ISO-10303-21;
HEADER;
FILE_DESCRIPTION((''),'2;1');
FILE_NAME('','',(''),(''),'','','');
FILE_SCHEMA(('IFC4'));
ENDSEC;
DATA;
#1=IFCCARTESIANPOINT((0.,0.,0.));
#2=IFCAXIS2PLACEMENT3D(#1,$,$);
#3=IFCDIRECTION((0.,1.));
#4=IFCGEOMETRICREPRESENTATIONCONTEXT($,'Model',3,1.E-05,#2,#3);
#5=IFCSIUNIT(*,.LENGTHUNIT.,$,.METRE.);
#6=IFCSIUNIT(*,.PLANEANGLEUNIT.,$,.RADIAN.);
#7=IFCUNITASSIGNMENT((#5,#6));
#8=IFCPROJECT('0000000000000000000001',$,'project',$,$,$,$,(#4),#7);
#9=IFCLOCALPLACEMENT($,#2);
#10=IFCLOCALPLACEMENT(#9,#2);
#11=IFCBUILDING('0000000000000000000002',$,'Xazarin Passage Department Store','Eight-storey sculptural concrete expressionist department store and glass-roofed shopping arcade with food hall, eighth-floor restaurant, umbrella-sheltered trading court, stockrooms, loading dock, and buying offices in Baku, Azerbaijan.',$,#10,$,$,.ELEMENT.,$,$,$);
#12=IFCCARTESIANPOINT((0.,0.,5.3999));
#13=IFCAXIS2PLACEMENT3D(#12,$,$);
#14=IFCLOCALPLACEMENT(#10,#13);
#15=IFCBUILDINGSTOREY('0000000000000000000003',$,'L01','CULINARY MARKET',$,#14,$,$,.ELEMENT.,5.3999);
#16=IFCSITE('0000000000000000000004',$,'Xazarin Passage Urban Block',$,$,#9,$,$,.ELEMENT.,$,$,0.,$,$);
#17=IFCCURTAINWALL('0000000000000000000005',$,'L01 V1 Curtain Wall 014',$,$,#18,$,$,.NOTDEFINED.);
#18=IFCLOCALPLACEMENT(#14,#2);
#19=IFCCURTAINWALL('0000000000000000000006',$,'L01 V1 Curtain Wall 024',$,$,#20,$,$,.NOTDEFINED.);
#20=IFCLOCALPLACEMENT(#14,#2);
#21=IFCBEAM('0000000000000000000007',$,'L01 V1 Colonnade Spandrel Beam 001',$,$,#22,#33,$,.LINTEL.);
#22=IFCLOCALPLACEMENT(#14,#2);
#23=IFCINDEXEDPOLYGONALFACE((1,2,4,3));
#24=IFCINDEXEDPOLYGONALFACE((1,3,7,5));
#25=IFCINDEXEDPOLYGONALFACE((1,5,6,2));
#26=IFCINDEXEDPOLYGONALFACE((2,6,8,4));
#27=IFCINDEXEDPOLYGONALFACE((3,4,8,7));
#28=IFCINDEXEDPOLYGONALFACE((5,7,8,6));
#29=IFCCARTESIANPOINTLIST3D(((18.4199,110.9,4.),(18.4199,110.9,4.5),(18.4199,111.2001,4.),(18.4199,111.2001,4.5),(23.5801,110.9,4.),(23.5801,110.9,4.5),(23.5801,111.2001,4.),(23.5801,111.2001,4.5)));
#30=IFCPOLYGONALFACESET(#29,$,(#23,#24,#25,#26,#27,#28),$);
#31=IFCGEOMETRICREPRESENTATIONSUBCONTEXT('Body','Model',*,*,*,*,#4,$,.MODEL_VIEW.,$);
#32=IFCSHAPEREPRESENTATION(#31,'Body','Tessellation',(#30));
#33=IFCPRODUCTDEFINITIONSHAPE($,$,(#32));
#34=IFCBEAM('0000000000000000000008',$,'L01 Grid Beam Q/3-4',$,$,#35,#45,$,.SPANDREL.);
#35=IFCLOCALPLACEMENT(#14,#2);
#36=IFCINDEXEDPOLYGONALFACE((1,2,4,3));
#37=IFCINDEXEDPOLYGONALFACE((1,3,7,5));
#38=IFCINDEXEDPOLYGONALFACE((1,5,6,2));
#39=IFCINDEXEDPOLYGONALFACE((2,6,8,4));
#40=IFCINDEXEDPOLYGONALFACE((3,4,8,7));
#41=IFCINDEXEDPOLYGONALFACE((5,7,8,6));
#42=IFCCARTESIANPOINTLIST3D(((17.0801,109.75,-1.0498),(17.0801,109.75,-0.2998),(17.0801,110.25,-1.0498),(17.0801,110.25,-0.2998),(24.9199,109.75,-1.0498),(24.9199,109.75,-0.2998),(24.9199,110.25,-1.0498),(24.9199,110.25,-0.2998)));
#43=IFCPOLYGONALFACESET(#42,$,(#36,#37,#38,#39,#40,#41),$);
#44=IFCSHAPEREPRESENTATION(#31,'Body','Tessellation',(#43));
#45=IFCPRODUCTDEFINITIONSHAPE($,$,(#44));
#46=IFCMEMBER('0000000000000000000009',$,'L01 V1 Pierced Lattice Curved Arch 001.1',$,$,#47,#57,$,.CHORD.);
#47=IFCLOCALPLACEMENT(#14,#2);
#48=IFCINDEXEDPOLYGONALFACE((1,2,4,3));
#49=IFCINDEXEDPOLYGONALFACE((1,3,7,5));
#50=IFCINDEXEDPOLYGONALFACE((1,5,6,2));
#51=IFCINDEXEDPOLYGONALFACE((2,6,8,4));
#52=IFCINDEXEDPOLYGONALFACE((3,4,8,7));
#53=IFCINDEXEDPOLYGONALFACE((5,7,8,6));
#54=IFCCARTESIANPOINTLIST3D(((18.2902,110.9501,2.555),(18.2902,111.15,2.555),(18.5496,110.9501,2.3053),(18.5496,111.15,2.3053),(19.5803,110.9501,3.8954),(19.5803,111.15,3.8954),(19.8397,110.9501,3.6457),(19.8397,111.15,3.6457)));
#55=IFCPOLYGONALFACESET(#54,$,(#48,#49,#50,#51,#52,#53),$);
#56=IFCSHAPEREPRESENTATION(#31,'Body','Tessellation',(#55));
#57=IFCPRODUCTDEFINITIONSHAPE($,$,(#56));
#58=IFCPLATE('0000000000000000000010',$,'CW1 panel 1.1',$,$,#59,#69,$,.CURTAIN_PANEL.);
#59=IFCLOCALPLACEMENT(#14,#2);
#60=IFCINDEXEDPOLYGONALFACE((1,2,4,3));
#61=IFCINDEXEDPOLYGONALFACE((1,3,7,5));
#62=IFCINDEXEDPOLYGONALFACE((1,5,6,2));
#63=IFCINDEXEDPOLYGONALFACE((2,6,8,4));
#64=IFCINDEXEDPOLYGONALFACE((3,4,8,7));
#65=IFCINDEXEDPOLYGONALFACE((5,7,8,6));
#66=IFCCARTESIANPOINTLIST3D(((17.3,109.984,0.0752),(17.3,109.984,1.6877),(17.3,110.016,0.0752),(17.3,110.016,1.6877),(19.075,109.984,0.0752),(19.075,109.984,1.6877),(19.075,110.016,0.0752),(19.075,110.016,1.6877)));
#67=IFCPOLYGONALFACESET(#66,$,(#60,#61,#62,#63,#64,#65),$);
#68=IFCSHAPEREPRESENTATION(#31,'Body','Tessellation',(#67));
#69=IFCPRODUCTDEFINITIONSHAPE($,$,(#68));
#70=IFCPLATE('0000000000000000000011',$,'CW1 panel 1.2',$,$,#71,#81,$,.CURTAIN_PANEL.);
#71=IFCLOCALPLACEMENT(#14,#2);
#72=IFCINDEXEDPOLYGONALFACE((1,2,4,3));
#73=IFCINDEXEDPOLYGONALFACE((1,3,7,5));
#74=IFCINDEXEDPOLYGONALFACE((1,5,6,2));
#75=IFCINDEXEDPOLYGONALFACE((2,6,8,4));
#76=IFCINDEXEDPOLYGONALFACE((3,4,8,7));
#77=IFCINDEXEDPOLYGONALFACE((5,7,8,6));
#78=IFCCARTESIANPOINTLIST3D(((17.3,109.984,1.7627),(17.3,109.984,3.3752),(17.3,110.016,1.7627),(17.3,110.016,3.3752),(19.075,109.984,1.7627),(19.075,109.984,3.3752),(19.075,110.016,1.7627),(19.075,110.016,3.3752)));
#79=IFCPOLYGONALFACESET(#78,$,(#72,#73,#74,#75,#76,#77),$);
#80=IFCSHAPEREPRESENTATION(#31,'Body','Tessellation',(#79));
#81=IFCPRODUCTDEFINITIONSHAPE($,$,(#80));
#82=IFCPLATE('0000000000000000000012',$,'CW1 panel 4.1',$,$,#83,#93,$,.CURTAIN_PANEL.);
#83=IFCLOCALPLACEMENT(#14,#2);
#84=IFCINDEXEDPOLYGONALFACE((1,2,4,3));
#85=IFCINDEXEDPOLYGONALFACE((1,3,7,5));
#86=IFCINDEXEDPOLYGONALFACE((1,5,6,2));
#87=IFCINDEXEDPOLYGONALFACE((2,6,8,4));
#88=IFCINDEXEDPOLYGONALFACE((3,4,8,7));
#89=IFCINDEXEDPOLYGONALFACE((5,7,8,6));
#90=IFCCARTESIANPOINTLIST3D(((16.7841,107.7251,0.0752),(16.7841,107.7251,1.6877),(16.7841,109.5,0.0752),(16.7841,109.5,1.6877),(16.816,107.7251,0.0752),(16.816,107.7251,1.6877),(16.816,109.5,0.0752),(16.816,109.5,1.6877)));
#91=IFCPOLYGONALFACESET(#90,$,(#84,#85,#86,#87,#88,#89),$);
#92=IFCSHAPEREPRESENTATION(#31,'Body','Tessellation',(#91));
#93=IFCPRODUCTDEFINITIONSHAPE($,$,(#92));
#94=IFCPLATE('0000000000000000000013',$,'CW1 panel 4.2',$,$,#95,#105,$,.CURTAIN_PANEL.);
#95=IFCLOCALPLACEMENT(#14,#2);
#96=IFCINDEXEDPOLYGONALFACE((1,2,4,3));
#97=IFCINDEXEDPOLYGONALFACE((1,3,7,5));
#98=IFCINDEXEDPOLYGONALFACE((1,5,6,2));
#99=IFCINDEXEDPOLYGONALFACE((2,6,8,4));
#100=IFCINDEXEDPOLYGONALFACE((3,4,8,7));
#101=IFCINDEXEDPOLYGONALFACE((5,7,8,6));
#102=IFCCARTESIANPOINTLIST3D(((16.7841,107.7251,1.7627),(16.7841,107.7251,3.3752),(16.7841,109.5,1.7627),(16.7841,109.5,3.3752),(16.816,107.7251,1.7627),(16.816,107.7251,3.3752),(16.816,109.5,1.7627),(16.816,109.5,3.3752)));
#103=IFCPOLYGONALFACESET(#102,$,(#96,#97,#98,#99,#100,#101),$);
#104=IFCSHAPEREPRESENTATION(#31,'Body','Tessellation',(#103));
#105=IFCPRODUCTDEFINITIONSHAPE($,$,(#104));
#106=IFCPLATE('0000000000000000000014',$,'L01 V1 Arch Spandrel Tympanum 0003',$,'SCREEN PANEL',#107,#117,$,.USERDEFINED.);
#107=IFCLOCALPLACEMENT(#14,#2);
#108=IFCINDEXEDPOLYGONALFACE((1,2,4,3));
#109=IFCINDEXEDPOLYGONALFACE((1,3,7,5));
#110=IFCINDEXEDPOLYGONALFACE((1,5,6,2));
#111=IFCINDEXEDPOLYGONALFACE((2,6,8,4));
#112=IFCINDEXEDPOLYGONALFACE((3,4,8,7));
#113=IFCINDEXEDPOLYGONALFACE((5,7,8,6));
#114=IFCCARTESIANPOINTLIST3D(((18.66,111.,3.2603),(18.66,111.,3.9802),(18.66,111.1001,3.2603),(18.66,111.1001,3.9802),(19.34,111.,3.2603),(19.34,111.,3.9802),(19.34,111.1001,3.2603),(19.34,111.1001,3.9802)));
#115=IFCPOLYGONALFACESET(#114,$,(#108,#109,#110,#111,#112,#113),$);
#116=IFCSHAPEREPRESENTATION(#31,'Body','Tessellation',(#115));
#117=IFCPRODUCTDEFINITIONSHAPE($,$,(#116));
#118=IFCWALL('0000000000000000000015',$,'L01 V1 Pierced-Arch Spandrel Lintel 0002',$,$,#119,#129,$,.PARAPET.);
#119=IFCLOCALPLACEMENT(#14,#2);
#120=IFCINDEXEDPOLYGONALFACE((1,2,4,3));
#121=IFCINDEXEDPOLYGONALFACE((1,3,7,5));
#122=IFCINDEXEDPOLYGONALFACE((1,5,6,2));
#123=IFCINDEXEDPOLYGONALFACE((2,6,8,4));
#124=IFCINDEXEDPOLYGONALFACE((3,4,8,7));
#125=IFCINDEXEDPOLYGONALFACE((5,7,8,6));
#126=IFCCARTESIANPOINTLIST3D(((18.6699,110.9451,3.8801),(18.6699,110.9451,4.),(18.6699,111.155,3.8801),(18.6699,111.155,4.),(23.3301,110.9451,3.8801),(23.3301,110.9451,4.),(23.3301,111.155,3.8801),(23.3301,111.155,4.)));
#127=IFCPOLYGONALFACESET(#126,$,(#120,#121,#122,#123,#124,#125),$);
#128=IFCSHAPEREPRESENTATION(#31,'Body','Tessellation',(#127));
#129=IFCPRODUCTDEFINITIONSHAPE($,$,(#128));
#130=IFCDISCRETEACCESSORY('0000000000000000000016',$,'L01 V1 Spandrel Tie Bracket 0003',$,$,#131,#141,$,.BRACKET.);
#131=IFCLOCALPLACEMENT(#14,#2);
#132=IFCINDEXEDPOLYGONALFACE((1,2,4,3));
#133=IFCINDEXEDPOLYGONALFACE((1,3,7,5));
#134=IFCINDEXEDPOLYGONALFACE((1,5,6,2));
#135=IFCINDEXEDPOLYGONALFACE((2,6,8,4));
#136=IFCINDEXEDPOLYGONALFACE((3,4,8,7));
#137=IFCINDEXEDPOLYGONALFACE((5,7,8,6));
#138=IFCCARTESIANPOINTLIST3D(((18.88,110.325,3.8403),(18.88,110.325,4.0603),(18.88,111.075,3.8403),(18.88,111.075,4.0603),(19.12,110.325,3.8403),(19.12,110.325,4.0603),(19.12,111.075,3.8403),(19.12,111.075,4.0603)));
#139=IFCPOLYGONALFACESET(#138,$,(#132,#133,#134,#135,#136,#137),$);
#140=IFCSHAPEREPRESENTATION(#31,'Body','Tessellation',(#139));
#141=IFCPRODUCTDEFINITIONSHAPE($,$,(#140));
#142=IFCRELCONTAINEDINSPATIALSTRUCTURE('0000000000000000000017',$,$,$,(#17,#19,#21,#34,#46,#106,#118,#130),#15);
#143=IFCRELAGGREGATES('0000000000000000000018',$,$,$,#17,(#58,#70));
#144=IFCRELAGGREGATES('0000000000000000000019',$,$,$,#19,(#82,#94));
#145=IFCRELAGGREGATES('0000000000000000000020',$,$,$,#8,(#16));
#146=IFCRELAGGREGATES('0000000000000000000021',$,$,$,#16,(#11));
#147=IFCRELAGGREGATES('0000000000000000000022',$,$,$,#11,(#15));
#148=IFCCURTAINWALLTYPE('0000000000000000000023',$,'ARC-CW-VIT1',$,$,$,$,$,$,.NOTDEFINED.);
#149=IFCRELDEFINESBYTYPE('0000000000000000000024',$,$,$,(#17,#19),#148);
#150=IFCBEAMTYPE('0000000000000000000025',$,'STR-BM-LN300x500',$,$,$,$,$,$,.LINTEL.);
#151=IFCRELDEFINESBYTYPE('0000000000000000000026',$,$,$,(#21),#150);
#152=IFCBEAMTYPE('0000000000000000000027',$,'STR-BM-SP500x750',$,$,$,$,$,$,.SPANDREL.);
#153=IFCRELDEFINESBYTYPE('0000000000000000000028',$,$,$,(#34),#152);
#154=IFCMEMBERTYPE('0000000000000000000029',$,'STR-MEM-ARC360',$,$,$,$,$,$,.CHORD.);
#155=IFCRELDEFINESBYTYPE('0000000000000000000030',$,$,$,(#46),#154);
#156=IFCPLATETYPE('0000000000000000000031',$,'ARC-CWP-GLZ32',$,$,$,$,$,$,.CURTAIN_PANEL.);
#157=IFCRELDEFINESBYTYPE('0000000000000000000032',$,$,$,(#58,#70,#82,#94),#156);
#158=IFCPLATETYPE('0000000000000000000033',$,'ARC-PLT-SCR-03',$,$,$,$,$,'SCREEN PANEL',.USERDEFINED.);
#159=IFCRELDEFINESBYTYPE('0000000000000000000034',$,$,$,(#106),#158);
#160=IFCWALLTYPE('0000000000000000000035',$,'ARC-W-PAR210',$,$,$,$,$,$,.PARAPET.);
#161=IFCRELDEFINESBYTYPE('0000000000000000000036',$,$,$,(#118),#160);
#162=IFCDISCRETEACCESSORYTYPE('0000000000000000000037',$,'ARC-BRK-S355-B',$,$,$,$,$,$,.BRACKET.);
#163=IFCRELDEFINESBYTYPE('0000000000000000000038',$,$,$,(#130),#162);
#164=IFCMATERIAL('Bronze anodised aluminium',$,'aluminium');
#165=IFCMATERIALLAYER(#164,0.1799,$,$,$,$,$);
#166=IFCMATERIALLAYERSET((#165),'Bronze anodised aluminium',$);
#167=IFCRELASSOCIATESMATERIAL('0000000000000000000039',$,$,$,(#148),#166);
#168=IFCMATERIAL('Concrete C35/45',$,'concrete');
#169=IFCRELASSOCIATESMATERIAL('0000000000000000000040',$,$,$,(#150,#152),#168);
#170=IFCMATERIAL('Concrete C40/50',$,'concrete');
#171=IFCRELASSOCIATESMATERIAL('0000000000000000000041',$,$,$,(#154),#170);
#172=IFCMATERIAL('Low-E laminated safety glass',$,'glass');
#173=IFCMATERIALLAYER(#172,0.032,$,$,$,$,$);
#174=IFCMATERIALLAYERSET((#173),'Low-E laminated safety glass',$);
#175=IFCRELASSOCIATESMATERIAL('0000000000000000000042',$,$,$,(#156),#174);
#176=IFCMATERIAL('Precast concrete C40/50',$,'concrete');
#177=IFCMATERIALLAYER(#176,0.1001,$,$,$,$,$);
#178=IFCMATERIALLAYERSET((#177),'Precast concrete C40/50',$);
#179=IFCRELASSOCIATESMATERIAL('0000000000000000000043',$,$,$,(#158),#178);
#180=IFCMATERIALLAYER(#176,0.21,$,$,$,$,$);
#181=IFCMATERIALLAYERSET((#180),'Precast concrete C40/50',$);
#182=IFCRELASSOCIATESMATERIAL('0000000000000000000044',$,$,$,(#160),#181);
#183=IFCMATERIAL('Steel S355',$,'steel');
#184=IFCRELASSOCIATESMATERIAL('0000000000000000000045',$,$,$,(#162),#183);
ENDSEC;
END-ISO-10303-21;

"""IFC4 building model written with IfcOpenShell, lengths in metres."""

from ifc_helpers import new_model, si_unit, direction, frame, frame_2d, origin, origin_2d, place, context, subcontext, project, spatial, rectangle, extrude, material, layer, layer_set, material_profile, profile_set, type_object, element, aggregate, save


model = new_model("IFC4")

# Units and contexts
model_context = context("Model", 3, precision=1e-05, world=origin(), true_north=direction((0.0, 1.0)))
body_context = subcontext(model_context, "Body", "Model", "MODEL_VIEW")
ifc_project = project(units=[si_unit("LENGTHUNIT", "METRE"), si_unit("PLANEANGLEUNIT", "RADIAN")], contexts=[model_context])

# Site, building, storey
site_placement = place(None, origin())
site = spatial("IfcSite", under=ifc_project, at=site_placement, Name="Xazarin Passage Urban Block", CompositionType="ELEMENT", RefElevation=0.0)
building_placement = place(site_placement, origin())
building = spatial("IfcBuilding", under=site, at=building_placement, Name="Xazarin Passage Department Store", Description="Eight-storey sculptural concrete expressionist department store and glass-roofed shopping arcade with food hall, eighth-floor restaurant, umbrella-sheltered trading court, stockrooms, loading dock, and buying offices in Baku, Azerbaijan.", CompositionType="ELEMENT")
storey_placement = place(building_placement, frame((0.0, 0.0, 5.3999)))
storey = spatial("IfcBuildingStorey", under=building, at=storey_placement, Name="L01", Description="CULINARY MARKET", CompositionType="ELEMENT", Elevation=5.3999)

# Shared definitions
ifc_material_1 = material(Name="Concrete C40/50", Category="concrete")

# Curtain walls
ifc_material_2 = material(Name="Bronze anodised aluminium", Category="aluminium")
ifc_layer_1 = layer(ifc_material_2, 0.1799)
ifc_layer_set_1 = layer_set([ifc_layer_1], Name="Bronze anodised aluminium")
curtain_wall_type = type_object("IfcCurtainWallType", Name="ARC-CW-VIT1", PredefinedType="NOTDEFINED", material=ifc_layer_set_1)
curtain_wall_1_placement = place(storey_placement, origin())
curtain_wall_1 = element("IfcCurtainWall", 1, at=curtain_wall_1_placement, inside=storey, type_object=curtain_wall_type, Name="L01 V1 Curtain Wall 014", PredefinedType="NOTDEFINED")
curtain_wall_2_placement = place(storey_placement, origin())
curtain_wall_2 = element("IfcCurtainWall", 2, at=curtain_wall_2_placement, inside=storey, type_object=curtain_wall_type, Name="L01 V1 Curtain Wall 024", PredefinedType="NOTDEFINED")

# Beams
ifc_material_3 = material(Name="Concrete C35/45", Category="concrete")
ifc_material_profile_1 = material_profile(ifc_material_3, rectangle(XDim=0.3, YDim=0.5, at=origin_2d()), Name="RC 300x500")
ifc_profile_set_1 = profile_set([ifc_material_profile_1], Name="Concrete C35/45")
beam_type_1 = type_object("IfcBeamType", Name="STR-BM-LN300x500", PredefinedType="LINTEL", material=ifc_profile_set_1)
beam_1_placement = place(storey_placement, frame((18.4199, 111.05, 4.25), z_axis=(1.0, 0.0, 0.0), x_axis=(0.0, 1.0, 0.0)))
element("IfcBeam", 3, at=beam_1_placement, inside=storey, type_object=beam_type_1, Name="L01 V1 Colonnade Spandrel Beam 001", PredefinedType="LINTEL", context=body_context, shape_type="SweptSolid", body=[
    extrude(rectangle(XDim=0.3, YDim=0.5, at=origin_2d()), origin(), (0.0, 0.0, 1.0), 5.1602),
])
ifc_material_profile_2 = material_profile(ifc_material_3, rectangle(XDim=0.5, YDim=0.75, at=origin_2d()), Name="RC 500x750")
ifc_profile_set_2 = profile_set([ifc_material_profile_2], Name="Concrete C35/45")
beam_type_2 = type_object("IfcBeamType", Name="STR-BM-SP500x750", PredefinedType="SPANDREL", material=ifc_profile_set_2)
beam_2_placement = place(storey_placement, frame((17.0801, 110.0, -0.6748), z_axis=(1.0, 0.0, 0.0), x_axis=(0.0, 1.0, 0.0)))
element("IfcBeam", 4, at=beam_2_placement, inside=storey, type_object=beam_type_2, Name="L01 Grid Beam Q/3-4", PredefinedType="SPANDREL", context=body_context, shape_type="SweptSolid", body=[
    extrude(rectangle(XDim=0.5, YDim=0.75, at=origin_2d()), origin(), (0.0, 0.0, 1.0), 7.8398),
])

# Member
ifc_material_profile_3 = material_profile(ifc_material_1, rectangle(XDim=0.2, YDim=0.3601, at=origin_2d()), Name="RC 200x360")
ifc_profile_set_3 = profile_set([ifc_material_profile_3], Name="Concrete C40/50")
member_type_1 = type_object("IfcMemberType", Name="STR-MEM-ARC360", PredefinedType="CHORD", material=ifc_profile_set_3)
member_1_placement = place(storey_placement, frame((18.4199, 111.05, 2.4302), z_axis=(0.69346, 0.0, 0.720495), x_axis=(0.0, 1.0, 0.0)))
element("IfcMember", 5, at=member_1_placement, inside=storey, type_object=member_type_1, Name="L01 V1 Pierced Lattice Curved Arch 001.1", PredefinedType="CHORD", context=body_context, shape_type="SweptSolid", body=[
    extrude(rectangle(XDim=0.2, YDim=0.3601, at=origin_2d()), origin(), (0.0, 0.0, 1.0), 1.8604),
])

# Plates
ifc_material_4 = material(Name="Low-E laminated safety glass", Category="glass")
ifc_layer_2 = layer(ifc_material_4, 0.032)
ifc_layer_set_2 = layer_set([ifc_layer_2], Name="Low-E laminated safety glass")
plate_type_1 = type_object("IfcPlateType", Name="ARC-CWP-GLZ32", PredefinedType="CURTAIN_PANEL", material=ifc_layer_set_2)
plate_1_placement = place(storey_placement, frame((18.1875, 110.0, 0.0752), z_axis=(0.0, 0.0, 1.0), x_axis=(1.0, 0.0, 0.0)))
plate_1 = element("IfcPlate", 6, at=plate_1_placement, type_object=plate_type_1, Name="CW1 panel 1.1", PredefinedType="CURTAIN_PANEL", context=body_context, shape_type="SweptSolid", body=[
    extrude(rectangle(XDim=1.7749, YDim=0.032, at=origin_2d()), origin(), (0.0, 0.0, 1.0), 1.6125),
])
plate_2_placement = place(storey_placement, frame((18.1875, 110.0, 1.7627), z_axis=(0.0, 0.0, 1.0), x_axis=(1.0, 0.0, 0.0)))
plate_2 = element("IfcPlate", 7, at=plate_2_placement, type_object=plate_type_1, Name="CW1 panel 1.2", PredefinedType="CURTAIN_PANEL", context=body_context, shape_type="SweptSolid", body=[
    extrude(rectangle(XDim=1.7749, YDim=0.032, at=origin_2d()), origin(), (0.0, 0.0, 1.0), 1.6125),
])
aggregate(curtain_wall_1, [plate_1, plate_2])
plate_3_placement = place(storey_placement, frame((16.8, 108.6125, 0.0752), z_axis=(0.0, 0.0, 1.0), x_axis=(0.0, 1.0, 0.0)))
plate_3 = element("IfcPlate", 8, at=plate_3_placement, type_object=plate_type_1, Name="CW1 panel 4.1", PredefinedType="CURTAIN_PANEL", context=body_context, shape_type="SweptSolid", body=[
    extrude(rectangle(XDim=1.7749, YDim=0.032, at=origin_2d()), origin(), (0.0, 0.0, 1.0), 1.6125),
])
plate_4_placement = place(storey_placement, frame((16.8, 108.6125, 1.7627), z_axis=(0.0, 0.0, 1.0), x_axis=(0.0, 1.0, 0.0)))
plate_4 = element("IfcPlate", 9, at=plate_4_placement, type_object=plate_type_1, Name="CW1 panel 4.2", PredefinedType="CURTAIN_PANEL", context=body_context, shape_type="SweptSolid", body=[
    extrude(rectangle(XDim=1.7749, YDim=0.032, at=origin_2d()), origin(), (0.0, 0.0, 1.0), 1.6125),
])
aggregate(curtain_wall_2, [plate_3, plate_4])
ifc_material_5 = material(Name="Precast concrete C40/50", Category="concrete")
ifc_layer_3 = layer(ifc_material_5, 0.1001)
ifc_layer_set_3 = layer_set([ifc_layer_3], Name="Precast concrete C40/50")
plate_type_2 = type_object("IfcPlateType", Name="ARC-PLT-SCR-03", ElementType="SCREEN PANEL", PredefinedType="USERDEFINED", material=ifc_layer_set_3)
plate_5_placement = place(storey_placement, frame((19.0, 111.05, 3.2603), z_axis=(0.0, 0.0, 1.0), x_axis=(1.0, 0.0, 0.0)))
element("IfcPlate", 10, at=plate_5_placement, inside=storey, type_object=plate_type_2, Name="L01 V1 Arch Spandrel Tympanum 0003", ObjectType="SCREEN PANEL", PredefinedType="USERDEFINED", context=body_context, shape_type="SweptSolid", body=[
    extrude(rectangle(XDim=0.6799, YDim=0.1001, at=origin_2d()), origin(), (0.0, 0.0, 1.0), 0.72),
])

# Wall
ifc_layer_4 = layer(ifc_material_5, 0.21)
ifc_layer_set_4 = layer_set([ifc_layer_4], Name="Precast concrete C40/50")
wall_type = type_object("IfcWallType", Name="ARC-W-PAR210", PredefinedType="PARAPET", material=ifc_layer_set_4)
wall_placement = place(storey_placement, frame((18.6699, 111.05, 3.8801), z_axis=(0.0, 0.0, 1.0), x_axis=(1.0, 0.0, 0.0)))
element("IfcWall", 11, at=wall_placement, inside=storey, type_object=wall_type, Name="L01 V1 Pierced-Arch Spandrel Lintel 0002", PredefinedType="PARAPET", context=body_context, shape_type="SweptSolid", body=[
    extrude(rectangle(XDim=4.6602, YDim=0.21, at=frame_2d((2.3301, 0.0))), origin(), (0.0, 0.0, 1.0), 0.1199),
])

# Discrete accessory
ifc_material_6 = material(Name="Steel S355", Category="steel")
discrete_accessory_type = type_object("IfcDiscreteAccessoryType", Name="ARC-BRK-S355-B", PredefinedType="BRACKET", material=ifc_material_6)
discrete_accessory_placement = place(storey_placement, frame((19.0, 110.7, 3.8403), z_axis=(0.0, 0.0, 1.0), x_axis=(1.0, 0.0, 0.0)))
element("IfcDiscreteAccessory", 12, at=discrete_accessory_placement, inside=storey, type_object=discrete_accessory_type, Name="L01 V1 Spandrel Tie Bracket 0003", PredefinedType="BRACKET", context=body_context, shape_type="SweptSolid", body=[
    extrude(rectangle(XDim=0.24, YDim=0.75, at=origin_2d()), origin(), (0.0, 0.0, 1.0), 0.22),
])

save(model, "model.ifc")
